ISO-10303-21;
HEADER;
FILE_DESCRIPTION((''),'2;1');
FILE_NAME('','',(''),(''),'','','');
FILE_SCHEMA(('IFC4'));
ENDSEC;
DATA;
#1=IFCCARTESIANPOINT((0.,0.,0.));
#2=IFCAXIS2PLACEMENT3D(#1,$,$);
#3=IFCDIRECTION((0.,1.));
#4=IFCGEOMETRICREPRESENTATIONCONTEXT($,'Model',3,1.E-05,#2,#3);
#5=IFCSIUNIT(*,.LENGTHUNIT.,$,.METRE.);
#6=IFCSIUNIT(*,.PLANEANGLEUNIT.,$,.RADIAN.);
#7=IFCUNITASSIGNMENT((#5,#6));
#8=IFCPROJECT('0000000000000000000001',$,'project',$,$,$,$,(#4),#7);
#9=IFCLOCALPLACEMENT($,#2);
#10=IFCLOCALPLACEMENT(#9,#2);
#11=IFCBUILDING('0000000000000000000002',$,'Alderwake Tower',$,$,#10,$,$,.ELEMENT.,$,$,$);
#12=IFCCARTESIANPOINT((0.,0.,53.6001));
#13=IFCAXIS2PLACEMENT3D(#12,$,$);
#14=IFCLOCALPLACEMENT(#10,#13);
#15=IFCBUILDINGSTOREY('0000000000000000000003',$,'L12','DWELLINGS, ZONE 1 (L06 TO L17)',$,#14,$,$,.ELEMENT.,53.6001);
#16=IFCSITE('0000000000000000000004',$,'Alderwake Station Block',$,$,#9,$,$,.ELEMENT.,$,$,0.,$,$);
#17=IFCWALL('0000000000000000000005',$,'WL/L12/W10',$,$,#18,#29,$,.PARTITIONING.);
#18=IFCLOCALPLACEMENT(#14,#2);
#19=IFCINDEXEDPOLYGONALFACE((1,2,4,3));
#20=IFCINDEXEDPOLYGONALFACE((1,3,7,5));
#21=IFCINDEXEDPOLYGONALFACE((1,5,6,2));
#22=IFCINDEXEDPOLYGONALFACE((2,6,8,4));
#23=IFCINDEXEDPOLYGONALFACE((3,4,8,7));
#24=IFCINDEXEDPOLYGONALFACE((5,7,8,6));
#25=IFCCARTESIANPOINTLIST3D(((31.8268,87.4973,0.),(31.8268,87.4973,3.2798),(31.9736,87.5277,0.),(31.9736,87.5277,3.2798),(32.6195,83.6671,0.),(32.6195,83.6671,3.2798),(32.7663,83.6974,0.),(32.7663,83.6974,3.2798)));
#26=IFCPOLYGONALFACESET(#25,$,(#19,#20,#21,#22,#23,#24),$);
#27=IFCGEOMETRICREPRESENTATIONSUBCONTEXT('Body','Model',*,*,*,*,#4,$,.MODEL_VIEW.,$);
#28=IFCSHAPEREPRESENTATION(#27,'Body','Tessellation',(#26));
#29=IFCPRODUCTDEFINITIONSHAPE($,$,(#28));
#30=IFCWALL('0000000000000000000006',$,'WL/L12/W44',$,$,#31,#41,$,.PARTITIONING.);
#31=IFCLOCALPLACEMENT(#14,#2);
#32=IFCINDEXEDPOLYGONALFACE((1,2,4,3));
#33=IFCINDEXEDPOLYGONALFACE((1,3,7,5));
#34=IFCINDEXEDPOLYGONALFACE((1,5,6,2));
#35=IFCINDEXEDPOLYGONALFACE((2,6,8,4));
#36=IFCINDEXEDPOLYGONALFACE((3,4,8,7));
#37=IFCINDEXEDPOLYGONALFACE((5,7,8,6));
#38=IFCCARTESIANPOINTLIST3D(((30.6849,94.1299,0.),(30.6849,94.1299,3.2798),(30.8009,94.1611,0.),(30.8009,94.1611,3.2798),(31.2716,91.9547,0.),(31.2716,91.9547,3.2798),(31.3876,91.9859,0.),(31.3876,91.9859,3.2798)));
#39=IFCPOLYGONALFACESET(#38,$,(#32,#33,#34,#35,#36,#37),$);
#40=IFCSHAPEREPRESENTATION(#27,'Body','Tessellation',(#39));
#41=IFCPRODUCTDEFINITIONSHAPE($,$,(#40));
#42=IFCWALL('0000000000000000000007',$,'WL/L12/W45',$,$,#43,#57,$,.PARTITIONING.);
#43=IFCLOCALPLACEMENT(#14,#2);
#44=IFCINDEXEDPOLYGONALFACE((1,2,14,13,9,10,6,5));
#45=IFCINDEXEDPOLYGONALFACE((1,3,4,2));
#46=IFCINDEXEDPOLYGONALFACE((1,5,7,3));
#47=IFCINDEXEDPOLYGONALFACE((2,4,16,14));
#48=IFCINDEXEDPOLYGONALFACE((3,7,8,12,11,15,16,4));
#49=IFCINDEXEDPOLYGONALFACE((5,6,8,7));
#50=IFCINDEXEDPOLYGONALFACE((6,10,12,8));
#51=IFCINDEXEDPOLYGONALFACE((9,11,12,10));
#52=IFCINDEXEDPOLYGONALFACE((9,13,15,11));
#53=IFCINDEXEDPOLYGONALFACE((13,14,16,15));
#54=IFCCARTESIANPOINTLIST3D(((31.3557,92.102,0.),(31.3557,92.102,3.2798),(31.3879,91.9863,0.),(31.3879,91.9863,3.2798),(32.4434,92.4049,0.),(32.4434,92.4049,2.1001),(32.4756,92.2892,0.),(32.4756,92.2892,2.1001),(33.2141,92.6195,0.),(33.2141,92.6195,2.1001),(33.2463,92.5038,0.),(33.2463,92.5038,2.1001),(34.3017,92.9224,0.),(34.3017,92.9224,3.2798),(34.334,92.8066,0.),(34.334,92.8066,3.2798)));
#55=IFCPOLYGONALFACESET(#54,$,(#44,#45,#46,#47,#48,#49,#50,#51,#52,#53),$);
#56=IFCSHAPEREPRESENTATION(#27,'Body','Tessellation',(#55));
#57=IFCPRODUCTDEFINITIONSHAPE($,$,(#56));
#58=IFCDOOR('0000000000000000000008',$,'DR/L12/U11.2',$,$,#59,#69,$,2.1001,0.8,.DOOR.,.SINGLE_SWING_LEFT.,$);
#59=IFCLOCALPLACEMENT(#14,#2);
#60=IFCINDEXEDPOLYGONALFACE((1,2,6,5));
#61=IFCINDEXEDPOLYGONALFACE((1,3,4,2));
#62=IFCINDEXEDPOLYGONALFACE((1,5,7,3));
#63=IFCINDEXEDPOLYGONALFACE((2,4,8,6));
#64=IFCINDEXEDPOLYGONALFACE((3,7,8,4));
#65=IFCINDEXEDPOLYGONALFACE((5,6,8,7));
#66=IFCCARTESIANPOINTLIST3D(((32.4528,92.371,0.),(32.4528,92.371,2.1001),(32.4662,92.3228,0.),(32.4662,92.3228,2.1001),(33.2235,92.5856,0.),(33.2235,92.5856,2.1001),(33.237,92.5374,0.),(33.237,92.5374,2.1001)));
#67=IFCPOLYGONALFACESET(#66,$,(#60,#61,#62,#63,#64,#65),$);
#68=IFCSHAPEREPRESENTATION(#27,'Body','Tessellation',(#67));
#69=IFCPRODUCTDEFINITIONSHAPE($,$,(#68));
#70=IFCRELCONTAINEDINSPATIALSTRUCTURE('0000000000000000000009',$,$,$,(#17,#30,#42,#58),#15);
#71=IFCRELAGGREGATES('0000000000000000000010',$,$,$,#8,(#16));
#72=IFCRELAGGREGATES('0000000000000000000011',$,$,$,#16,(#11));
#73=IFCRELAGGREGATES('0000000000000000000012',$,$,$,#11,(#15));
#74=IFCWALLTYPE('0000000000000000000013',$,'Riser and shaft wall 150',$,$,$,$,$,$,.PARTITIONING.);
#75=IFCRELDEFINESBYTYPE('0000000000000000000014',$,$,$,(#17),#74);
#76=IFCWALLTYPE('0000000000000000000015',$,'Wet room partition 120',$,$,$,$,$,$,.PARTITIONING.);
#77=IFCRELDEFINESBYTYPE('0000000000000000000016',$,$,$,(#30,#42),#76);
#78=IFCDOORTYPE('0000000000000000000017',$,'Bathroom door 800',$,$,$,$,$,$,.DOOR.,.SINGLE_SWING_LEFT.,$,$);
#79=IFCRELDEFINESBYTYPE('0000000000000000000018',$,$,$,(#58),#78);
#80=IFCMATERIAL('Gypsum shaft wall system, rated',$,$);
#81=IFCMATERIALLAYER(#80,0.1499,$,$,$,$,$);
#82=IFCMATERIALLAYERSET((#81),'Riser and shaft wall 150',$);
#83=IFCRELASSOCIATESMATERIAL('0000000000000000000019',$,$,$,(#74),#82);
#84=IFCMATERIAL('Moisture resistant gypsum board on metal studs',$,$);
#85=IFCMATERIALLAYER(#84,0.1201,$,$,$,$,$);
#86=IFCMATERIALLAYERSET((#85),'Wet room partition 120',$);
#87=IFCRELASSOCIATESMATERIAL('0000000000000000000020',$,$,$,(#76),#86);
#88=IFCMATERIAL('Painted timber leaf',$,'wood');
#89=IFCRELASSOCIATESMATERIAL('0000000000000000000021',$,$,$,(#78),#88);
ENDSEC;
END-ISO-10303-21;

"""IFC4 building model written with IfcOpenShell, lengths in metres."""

from ifc_helpers import new_model, si_unit, direction, frame, frame_2d, origin, place, context, subcontext, project, spatial, rectangle, extrude, material, layer, layer_set, type_object, element, fill, save


model = new_model("IFC4")

# Units and contexts
model_context = context("Model", 3, precision=1e-05, world=origin(), true_north=direction((0.0, 1.0)))
body_context = subcontext(model_context, "Body", "Model", "MODEL_VIEW")
ifc_project = project(units=[si_unit("LENGTHUNIT", "METRE"), si_unit("PLANEANGLEUNIT", "RADIAN")], contexts=[model_context])

# Site, building, storey
site_placement = place(None, origin())
site = spatial("IfcSite", under=ifc_project, at=site_placement, Name="Alderwake Station Block", CompositionType="ELEMENT", RefElevation=0.0)
building_placement = place(site_placement, origin())
building = spatial("IfcBuilding", under=site, at=building_placement, Name="Alderwake Tower", CompositionType="ELEMENT")
storey_placement = place(building_placement, frame((0.0, 0.0, 53.6001)))
storey = spatial("IfcBuildingStorey", under=building, at=storey_placement, Name="L12", Description="DWELLINGS, ZONE 1 (L06 TO L17)", CompositionType="ELEMENT", Elevation=53.6001)

# Walls
ifc_material_1 = material(Name="Gypsum shaft wall system, rated")
ifc_layer_1 = layer(ifc_material_1, 0.1499)
ifc_layer_set_1 = layer_set([ifc_layer_1], Name="Riser and shaft wall 150")
wall_type_1 = type_object("IfcWallType", Name="Riser and shaft wall 150", PredefinedType="PARTITIONING", material=ifc_layer_set_1)
wall_1_placement = place(storey_placement, frame((32.6929, 83.6824, 0.0), z_axis=(0.0, 0.0, 1.0), x_axis=(-0.202665, 0.979248, 0.0)))
element("IfcWall", 1, at=wall_1_placement, inside=storey, type_object=wall_type_1, Name="WL/L12/W10", PredefinedType="PARTITIONING", context=body_context, shape_type="SweptSolid", body=[
    extrude(rectangle(XDim=3.9114, YDim=0.1499, at=frame_2d((1.9556, 0.0))), origin(), (0.0, 0.0, 1.0), 3.2798),
])
ifc_material_2 = material(Name="Moisture resistant gypsum board on metal studs")
ifc_layer_2 = layer(ifc_material_2, 0.1201)
ifc_layer_set_2 = layer_set([ifc_layer_2], Name="Wet room partition 120")
wall_type_2 = type_object("IfcWallType", Name="Wet room partition 120", PredefinedType="PARTITIONING", material=ifc_layer_set_2)
wall_2_placement = place(storey_placement, frame((30.7429, 94.1455, 0.0), z_axis=(0.0, 0.0, 1.0), x_axis=(0.260393, -0.965503, 0.0)))
element("IfcWall", 2, at=wall_2_placement, inside=storey, type_object=wall_type_2, Name="WL/L12/W44", PredefinedType="PARTITIONING", context=body_context, shape_type="SweptSolid", body=[
    extrude(rectangle(XDim=2.2529, YDim=0.1201, at=frame_2d((1.1265, 0.0))), origin(), (0.0, 0.0, 1.0), 3.2798),
])

# Wall, opening, door
wall_3_placement = place(storey_placement, frame((31.3718, 92.0442, 0.0), z_axis=(0.0, 0.0, 1.0), x_axis=(0.963352, 0.268241, 0.0)))
wall_3 = element("IfcWall", 3, at=wall_3_placement, inside=storey, type_object=wall_type_2, Name="WL/L12/W45", PredefinedType="PARTITIONING", context=body_context, shape_type="SweptSolid", body=[
    extrude(rectangle(XDim=3.0581, YDim=0.1201, at=frame_2d((1.5291, 0.0))), origin(), (0.0, 0.0, 1.0), 3.2798),
])
opening_1_placement = place(wall_3_placement, frame((1.1292, 0.0, 0.0)))
opening_1 = element("IfcOpeningElement", 4, at=opening_1_placement, cuts=wall_3, PredefinedType="OPENING", context=body_context, shape_type="SweptSolid", body=[
    extrude(rectangle(XDim=0.8, YDim=2.1001, at=frame_2d((0.3999, 1.05))), frame((0.0, 0.0701, 0.0), z_axis=(0.0, -1.0, 0.0), x_axis=(1.0, 0.0, 0.0)), (0.0, 0.0, 1.0), 0.1401),
])
ifc_material_3 = material(Name="Painted timber leaf", Category="wood")
door_type_1 = type_object("IfcDoorType", Name="Bathroom door 800", OperationType="SINGLE_SWING_LEFT", PredefinedType="DOOR", material=ifc_material_3)
door_1_placement = place(opening_1_placement, origin())
door_1 = element("IfcDoor", 5, at=door_1_placement, inside=storey, type_object=door_type_1, Name="DR/L12/U11.2", OperationType="SINGLE_SWING_LEFT", OverallHeight=2.1001, OverallWidth=0.8, PredefinedType="DOOR", context=body_context, shape_type="SweptSolid", body=[
    extrude(rectangle(XDim=0.8, YDim=2.1001, at=frame_2d((0.3999, 1.05))), frame((0.0, 0.0249, 0.0), z_axis=(0.0, -1.0, 0.0), x_axis=(1.0, 0.0, 0.0)), (0.0, 0.0, 1.0), 0.05),
])
fill(opening_1, door_1)

save(model, "model.ifc")
